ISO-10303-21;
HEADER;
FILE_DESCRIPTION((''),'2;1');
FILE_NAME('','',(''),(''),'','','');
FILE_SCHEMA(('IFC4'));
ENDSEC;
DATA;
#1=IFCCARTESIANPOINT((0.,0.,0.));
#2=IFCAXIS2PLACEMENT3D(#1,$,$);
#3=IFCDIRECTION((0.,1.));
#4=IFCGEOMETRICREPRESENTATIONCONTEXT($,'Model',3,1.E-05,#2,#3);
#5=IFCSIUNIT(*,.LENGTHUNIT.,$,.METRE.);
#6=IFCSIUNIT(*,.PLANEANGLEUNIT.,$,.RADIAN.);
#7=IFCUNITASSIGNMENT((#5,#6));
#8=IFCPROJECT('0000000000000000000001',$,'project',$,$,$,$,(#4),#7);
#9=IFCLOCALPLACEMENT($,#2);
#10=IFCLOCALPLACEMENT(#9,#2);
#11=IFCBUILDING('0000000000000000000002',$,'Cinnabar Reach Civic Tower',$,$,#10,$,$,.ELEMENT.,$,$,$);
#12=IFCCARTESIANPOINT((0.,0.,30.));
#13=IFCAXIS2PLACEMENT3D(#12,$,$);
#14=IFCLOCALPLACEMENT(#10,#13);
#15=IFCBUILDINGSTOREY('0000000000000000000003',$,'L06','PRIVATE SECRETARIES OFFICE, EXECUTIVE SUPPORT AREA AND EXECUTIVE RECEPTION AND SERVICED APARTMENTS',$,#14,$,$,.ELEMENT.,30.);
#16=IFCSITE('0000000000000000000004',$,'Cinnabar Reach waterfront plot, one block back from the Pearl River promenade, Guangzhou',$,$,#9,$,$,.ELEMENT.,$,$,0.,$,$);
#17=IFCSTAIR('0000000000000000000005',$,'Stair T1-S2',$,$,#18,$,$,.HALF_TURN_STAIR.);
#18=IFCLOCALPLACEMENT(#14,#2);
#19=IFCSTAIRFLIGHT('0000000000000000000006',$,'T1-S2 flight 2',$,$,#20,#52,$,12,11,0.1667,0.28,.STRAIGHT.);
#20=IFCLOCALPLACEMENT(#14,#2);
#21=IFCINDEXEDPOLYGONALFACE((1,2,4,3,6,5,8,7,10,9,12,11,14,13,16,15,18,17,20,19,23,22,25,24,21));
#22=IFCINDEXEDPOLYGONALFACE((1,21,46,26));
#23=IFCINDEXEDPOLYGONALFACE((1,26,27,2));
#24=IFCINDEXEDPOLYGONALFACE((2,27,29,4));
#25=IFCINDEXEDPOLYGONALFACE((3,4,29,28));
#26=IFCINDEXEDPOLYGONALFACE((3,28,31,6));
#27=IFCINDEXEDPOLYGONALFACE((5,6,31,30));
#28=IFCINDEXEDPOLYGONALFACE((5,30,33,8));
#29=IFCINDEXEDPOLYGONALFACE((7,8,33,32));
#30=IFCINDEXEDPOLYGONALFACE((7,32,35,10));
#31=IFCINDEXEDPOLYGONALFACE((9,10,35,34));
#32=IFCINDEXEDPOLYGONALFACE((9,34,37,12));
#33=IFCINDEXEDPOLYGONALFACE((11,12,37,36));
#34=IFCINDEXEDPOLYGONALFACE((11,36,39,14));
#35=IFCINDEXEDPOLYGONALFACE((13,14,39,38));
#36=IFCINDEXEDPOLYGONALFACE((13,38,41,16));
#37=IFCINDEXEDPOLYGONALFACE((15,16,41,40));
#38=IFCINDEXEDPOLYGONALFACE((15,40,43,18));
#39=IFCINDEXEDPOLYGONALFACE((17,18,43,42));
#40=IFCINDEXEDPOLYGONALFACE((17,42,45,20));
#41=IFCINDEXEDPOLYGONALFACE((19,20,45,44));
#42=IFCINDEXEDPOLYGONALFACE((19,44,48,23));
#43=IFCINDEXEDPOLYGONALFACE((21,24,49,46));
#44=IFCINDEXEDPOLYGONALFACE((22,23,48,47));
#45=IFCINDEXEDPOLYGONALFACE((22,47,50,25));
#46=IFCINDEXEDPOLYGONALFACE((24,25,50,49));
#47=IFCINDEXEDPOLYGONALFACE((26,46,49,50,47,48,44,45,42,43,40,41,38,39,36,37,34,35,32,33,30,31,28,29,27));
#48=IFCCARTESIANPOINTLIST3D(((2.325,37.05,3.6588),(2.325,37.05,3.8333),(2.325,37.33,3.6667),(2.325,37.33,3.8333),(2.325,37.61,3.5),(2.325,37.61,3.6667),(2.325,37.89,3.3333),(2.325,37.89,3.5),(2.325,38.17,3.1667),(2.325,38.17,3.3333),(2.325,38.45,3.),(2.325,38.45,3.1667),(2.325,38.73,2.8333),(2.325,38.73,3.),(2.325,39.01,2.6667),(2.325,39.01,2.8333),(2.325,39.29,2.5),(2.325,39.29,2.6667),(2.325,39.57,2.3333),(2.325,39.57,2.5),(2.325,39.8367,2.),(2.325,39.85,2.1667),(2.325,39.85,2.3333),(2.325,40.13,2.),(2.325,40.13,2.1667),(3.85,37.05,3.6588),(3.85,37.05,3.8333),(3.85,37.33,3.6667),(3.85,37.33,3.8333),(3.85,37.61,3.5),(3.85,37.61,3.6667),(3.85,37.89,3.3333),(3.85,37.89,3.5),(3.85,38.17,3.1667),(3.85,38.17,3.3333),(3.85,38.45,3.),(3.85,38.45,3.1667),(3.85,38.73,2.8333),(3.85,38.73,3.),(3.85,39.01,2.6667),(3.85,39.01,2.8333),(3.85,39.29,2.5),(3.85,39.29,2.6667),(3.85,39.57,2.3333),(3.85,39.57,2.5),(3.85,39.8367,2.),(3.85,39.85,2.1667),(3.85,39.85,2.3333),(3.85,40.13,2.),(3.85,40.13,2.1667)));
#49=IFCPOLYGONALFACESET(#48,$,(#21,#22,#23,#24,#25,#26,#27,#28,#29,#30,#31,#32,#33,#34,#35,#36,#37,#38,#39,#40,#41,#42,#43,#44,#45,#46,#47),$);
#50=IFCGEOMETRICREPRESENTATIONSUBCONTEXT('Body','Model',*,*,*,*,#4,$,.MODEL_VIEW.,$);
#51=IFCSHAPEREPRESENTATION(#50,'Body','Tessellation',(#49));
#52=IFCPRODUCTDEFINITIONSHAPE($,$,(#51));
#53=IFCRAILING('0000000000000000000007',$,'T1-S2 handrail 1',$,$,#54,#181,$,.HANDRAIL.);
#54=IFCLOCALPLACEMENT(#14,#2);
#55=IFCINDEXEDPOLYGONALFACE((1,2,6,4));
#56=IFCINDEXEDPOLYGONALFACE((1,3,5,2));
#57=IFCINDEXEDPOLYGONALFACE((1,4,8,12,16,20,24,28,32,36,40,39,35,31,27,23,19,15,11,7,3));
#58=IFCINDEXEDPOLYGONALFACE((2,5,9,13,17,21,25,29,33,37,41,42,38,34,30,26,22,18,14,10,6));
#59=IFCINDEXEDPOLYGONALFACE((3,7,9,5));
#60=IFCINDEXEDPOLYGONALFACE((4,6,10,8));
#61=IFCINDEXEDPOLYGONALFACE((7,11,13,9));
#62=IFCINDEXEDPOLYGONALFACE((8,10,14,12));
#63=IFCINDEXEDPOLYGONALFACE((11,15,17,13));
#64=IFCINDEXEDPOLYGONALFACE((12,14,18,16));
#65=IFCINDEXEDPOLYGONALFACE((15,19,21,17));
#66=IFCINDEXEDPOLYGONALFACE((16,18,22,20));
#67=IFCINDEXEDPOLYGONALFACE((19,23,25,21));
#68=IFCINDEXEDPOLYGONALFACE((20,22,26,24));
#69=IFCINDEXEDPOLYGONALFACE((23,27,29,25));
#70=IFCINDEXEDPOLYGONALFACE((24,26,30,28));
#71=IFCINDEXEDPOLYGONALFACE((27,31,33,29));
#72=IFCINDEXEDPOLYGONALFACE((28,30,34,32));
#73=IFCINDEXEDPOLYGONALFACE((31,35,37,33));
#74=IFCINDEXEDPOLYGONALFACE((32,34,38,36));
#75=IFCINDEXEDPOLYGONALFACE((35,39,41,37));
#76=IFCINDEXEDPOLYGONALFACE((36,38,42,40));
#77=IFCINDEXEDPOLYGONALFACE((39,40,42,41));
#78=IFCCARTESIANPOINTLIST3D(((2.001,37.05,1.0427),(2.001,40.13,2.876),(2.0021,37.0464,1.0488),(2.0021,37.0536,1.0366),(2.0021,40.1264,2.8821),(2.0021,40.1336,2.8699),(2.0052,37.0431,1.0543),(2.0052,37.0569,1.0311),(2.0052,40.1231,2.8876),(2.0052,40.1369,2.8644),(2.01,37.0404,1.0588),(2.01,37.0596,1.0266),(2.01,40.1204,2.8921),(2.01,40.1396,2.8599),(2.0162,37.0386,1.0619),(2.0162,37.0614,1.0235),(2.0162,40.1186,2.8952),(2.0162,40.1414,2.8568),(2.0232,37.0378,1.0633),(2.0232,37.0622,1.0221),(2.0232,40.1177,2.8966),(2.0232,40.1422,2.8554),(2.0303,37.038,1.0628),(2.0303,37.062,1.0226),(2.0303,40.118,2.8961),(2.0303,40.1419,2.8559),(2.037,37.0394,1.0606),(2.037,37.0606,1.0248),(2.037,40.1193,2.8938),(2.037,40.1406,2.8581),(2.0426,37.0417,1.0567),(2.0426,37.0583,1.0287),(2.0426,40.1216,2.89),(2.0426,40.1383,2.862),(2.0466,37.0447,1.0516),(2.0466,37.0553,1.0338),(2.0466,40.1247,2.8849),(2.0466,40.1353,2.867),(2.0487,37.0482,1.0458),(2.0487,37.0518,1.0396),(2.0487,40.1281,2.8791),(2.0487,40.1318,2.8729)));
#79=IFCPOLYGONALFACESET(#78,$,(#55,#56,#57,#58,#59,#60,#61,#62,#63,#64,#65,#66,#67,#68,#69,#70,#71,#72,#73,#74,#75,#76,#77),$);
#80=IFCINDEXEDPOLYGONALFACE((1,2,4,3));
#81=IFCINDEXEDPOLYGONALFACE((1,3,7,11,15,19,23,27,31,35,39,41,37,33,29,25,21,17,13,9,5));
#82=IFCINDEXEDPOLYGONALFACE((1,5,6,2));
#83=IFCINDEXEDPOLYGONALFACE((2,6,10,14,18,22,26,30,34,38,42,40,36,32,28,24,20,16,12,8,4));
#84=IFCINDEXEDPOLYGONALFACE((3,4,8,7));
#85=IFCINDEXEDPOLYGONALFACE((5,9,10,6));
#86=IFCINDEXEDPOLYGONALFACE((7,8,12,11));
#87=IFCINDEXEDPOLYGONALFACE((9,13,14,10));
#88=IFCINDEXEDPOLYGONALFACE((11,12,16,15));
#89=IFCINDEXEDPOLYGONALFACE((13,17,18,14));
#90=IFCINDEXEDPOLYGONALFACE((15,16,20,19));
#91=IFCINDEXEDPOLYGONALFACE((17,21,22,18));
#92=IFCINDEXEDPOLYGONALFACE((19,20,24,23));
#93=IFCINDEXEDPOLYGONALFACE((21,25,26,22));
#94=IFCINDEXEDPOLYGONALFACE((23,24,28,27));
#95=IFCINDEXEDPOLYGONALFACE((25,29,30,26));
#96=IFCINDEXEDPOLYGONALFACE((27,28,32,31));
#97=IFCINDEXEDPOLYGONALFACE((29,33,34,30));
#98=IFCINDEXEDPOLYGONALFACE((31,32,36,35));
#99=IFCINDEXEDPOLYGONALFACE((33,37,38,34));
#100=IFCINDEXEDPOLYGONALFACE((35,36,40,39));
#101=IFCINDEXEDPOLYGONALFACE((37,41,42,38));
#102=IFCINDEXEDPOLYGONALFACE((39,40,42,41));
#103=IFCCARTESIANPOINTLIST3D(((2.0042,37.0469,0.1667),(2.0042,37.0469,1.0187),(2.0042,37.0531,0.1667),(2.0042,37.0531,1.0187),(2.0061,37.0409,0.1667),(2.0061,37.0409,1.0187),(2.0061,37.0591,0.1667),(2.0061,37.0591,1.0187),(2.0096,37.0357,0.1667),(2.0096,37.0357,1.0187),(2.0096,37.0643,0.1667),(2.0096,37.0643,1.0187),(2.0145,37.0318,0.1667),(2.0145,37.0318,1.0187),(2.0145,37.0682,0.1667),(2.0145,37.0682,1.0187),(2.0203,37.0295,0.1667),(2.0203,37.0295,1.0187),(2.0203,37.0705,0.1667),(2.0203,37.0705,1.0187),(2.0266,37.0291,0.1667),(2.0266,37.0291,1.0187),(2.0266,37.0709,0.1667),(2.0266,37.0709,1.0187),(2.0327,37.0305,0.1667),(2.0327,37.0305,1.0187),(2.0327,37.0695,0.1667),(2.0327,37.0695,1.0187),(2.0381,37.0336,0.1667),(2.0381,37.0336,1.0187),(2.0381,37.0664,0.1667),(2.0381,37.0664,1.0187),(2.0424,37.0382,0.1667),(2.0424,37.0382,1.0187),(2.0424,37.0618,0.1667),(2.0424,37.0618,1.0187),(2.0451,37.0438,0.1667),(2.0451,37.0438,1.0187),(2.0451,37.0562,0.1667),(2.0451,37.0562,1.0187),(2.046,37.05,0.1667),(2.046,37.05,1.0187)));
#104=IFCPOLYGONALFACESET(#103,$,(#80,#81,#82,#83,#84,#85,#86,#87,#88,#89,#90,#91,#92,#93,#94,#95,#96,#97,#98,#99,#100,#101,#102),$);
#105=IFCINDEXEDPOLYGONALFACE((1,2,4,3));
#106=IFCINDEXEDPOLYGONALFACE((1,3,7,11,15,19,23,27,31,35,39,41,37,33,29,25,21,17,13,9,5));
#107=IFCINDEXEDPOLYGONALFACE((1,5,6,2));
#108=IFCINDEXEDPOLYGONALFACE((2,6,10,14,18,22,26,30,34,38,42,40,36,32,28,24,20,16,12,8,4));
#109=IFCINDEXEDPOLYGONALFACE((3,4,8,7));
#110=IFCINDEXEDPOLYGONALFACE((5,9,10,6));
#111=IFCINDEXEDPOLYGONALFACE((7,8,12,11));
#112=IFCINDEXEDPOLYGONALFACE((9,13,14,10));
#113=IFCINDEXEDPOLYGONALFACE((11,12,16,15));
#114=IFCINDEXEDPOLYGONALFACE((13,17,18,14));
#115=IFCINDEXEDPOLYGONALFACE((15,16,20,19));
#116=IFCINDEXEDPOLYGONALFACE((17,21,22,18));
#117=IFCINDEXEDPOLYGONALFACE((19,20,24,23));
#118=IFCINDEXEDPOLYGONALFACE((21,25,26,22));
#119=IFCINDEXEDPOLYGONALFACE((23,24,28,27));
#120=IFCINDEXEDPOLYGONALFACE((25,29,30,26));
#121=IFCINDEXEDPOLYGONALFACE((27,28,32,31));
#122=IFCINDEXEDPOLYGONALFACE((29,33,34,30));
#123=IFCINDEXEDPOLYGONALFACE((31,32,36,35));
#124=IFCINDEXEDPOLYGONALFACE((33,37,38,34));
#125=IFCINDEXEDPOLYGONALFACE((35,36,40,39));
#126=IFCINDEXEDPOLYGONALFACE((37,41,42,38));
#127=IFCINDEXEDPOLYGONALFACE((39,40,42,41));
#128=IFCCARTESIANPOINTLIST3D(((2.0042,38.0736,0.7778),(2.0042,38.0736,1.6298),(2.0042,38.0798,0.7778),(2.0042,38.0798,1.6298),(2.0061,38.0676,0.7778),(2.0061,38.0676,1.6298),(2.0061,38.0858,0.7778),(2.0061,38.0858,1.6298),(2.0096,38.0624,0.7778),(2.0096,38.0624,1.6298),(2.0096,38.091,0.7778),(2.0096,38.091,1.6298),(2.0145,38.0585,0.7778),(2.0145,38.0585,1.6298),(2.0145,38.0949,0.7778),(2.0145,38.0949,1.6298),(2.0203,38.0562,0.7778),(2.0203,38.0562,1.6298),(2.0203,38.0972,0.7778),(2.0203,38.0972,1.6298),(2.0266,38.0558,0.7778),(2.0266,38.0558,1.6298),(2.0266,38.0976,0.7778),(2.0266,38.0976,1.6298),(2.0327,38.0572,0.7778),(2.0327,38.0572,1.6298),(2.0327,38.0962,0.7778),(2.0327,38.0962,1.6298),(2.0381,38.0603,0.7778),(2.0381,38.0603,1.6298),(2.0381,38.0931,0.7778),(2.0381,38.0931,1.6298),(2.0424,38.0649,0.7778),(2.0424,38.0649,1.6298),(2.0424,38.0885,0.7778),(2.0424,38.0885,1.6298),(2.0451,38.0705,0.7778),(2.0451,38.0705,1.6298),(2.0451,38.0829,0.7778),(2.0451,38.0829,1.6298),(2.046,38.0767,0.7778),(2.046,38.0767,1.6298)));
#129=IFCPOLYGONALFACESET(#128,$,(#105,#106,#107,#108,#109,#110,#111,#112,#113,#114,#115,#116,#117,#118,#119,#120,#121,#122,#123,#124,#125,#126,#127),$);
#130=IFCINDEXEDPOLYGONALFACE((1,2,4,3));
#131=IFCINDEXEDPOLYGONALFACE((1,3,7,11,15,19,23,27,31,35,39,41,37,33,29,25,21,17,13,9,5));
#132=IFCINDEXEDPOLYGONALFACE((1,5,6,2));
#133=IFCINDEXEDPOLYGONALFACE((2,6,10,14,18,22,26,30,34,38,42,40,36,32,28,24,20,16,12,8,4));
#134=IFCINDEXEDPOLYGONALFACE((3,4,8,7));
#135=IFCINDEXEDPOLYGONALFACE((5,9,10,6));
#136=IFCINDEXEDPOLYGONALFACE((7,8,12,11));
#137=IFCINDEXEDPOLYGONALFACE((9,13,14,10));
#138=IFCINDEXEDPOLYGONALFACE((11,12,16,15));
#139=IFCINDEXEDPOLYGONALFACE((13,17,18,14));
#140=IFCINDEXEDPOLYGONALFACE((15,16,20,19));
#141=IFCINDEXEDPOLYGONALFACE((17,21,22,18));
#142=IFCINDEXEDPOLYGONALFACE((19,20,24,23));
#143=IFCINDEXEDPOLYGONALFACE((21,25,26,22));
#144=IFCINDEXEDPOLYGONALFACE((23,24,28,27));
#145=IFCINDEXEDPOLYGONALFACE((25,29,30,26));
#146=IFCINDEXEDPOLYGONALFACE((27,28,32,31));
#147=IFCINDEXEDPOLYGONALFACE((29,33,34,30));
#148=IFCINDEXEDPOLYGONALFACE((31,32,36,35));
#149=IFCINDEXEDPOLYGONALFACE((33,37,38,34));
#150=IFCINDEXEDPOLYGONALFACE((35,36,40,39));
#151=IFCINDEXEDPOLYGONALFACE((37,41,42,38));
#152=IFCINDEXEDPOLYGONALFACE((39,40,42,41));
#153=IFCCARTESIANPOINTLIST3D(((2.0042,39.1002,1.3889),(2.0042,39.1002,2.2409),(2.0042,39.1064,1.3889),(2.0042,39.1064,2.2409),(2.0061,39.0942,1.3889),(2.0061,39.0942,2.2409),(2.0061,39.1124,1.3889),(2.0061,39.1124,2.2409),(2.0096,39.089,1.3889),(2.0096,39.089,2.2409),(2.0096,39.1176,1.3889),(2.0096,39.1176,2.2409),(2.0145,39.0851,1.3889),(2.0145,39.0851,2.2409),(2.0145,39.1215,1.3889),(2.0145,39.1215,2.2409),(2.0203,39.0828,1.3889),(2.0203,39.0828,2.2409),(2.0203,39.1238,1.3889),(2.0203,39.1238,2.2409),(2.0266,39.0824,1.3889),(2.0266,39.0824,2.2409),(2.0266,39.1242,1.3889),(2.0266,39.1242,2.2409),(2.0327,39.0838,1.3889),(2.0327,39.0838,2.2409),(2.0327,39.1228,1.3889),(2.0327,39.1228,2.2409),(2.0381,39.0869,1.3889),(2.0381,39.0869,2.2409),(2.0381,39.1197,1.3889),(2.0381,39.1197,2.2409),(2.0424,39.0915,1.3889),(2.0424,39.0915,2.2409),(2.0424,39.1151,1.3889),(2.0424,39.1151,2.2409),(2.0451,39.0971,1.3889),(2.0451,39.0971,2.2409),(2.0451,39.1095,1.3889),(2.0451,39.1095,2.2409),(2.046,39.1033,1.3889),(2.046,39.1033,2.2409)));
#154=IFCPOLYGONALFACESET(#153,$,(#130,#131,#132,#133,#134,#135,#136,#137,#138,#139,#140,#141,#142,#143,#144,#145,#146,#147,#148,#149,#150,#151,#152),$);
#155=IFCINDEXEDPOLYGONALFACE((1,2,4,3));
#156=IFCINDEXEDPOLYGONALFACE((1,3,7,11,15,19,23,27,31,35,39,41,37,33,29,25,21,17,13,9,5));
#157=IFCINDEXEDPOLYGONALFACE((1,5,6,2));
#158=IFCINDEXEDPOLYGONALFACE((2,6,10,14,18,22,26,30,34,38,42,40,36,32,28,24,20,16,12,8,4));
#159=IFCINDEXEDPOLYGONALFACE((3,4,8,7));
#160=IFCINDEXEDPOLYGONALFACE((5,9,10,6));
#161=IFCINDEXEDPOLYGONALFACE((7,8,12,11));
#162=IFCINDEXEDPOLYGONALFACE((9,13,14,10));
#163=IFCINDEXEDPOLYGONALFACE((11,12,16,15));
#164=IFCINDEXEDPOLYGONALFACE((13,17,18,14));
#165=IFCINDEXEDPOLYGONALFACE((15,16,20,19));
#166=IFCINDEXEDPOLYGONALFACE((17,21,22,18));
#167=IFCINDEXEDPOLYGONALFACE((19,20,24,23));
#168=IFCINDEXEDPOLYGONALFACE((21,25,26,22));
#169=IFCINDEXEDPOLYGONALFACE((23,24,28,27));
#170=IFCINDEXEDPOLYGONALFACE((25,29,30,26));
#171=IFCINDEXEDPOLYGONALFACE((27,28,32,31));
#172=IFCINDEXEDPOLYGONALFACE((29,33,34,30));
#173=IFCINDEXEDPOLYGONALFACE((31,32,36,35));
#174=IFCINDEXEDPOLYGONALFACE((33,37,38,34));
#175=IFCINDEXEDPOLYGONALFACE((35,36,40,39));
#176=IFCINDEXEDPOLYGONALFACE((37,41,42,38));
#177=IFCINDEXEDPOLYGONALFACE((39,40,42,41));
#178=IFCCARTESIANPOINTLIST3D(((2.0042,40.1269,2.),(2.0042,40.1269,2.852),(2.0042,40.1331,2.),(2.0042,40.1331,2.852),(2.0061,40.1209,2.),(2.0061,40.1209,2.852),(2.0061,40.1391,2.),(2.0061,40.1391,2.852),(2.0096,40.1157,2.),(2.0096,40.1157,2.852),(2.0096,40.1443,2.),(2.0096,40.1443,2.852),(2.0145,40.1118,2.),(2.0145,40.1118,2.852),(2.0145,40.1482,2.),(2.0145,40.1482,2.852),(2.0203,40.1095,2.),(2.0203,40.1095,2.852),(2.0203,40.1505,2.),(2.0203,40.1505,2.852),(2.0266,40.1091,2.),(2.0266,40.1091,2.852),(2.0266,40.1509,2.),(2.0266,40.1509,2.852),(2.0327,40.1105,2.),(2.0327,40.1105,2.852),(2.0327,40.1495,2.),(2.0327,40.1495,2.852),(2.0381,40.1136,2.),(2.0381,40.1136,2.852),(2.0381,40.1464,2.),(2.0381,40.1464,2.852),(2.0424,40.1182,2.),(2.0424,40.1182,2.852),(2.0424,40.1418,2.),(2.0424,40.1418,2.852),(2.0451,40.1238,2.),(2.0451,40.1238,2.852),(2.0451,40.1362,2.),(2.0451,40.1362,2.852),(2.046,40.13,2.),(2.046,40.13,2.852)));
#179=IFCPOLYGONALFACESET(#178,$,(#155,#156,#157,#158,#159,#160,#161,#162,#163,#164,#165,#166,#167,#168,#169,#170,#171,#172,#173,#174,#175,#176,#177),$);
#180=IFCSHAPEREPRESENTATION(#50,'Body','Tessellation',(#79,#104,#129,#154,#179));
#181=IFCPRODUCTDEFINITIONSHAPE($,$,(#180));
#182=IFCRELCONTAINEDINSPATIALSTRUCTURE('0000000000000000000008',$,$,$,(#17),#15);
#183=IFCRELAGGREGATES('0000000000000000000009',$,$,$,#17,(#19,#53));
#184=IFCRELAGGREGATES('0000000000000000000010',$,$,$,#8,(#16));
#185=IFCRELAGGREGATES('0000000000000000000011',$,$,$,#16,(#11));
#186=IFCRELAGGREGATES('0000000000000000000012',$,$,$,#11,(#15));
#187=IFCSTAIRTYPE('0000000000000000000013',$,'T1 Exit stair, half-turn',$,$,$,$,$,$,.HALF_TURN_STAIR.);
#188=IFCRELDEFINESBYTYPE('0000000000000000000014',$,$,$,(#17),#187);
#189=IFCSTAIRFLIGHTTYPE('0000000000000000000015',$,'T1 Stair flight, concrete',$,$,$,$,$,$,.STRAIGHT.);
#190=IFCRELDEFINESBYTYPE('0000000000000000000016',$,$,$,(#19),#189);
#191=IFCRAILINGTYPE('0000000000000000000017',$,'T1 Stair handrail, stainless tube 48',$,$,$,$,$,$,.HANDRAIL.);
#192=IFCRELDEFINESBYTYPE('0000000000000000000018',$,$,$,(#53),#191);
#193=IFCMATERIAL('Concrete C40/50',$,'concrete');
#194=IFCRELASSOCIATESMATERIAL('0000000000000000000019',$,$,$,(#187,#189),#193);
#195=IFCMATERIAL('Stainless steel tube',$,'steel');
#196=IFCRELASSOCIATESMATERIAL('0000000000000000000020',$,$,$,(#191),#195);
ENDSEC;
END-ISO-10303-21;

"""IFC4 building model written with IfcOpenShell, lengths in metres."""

from ifc_helpers import new_model, si_unit, direction, frame, origin, origin_2d, place, context, subcontext, project, spatial, polyline, circle, outline, extrude, material, type_object, element, aggregate, save


model = new_model("IFC4")

# Units and contexts
model_context = context("Model", 3, precision=1e-05, world=origin(), true_north=direction((0.0, 1.0)))
body_context = subcontext(model_context, "Body", "Model", "MODEL_VIEW")
ifc_project = project(units=[si_unit("LENGTHUNIT", "METRE"), si_unit("PLANEANGLEUNIT", "RADIAN")], contexts=[model_context])

# Site, building, storey
site_placement = place(None, origin())
site = spatial("IfcSite", under=ifc_project, at=site_placement, Name="Cinnabar Reach waterfront plot, one block back from the Pearl River promenade, Guangzhou", CompositionType="ELEMENT", RefElevation=0.0)
building_placement = place(site_placement, origin())
building = spatial("IfcBuilding", under=site, at=building_placement, Name="Cinnabar Reach Civic Tower", CompositionType="ELEMENT")
storey_placement = place(building_placement, frame((0.0, 0.0, 30.0)))
storey = spatial("IfcBuildingStorey", under=building, at=storey_placement, Name="L06", Description="PRIVATE SECRETARIES OFFICE, EXECUTIVE SUPPORT AREA AND EXECUTIVE RECEPTION AND SERVICED APARTMENTS", CompositionType="ELEMENT", Elevation=30.0)

# Shared definitions
ifc_material_1 = material(Name="Concrete C40/50", Category="concrete")

# Stair, stair flight, railing
stair_type = type_object("IfcStairType", Name="T1 Exit stair, half-turn", PredefinedType="HALF_TURN_STAIR", material=ifc_material_1)
stair_placement = place(storey_placement, origin())
stair = element("IfcStair", 1, at=stair_placement, inside=storey, type_object=stair_type, Name="Stair T1-S2", PredefinedType="HALF_TURN_STAIR")
stair_flight_type = type_object("IfcStairFlightType", Name="T1 Stair flight, concrete", PredefinedType="STRAIGHT", material=ifc_material_1)
stair_flight_1_placement = place(storey_placement, frame((3.0875, 40.13, 2.0), z_axis=(0.0, 0.0, 1.0), x_axis=(0.0, -1.0, 0.0)))
stair_flight_1 = element("IfcStairFlight", 2, at=stair_flight_1_placement, type_object=stair_flight_type, Name="T1-S2 flight 2", NumberOfRisers=12, NumberOfTreads=11, PredefinedType="STRAIGHT", RiserHeight=0.1667, TreadLength=0.28, context=body_context, shape_type="SweptSolid", body=[
    extrude(outline(polyline([(0.0, 0.0), (0.0, 0.1667), (0.28, 0.1667), (0.28, 0.3333), (0.56, 0.3333), (0.56, 0.5), (0.84, 0.5), (0.84, 0.6667), (1.12, 0.6667), (1.12, 0.8333), (1.4, 0.8333), (1.4, 1.0), (1.68, 1.0), (1.68, 1.1667), (1.96, 1.1667), (1.96, 1.3333), (2.24, 1.3333), (2.24, 1.5), (2.52, 1.5), (2.52, 1.6667), (2.8, 1.6667), (2.8, 1.8333), (3.08, 1.8333), (3.08, 2.0), (3.08, 1.6588), (0.2933, 0.0), (0.0, 0.0)])), frame((0.0, 0.7625, 0.0), z_axis=(0.0, -1.0, 0.0), x_axis=(1.0, 0.0, 0.0)), (0.0, 0.0, 1.0), 1.525),
])
ifc_material_2 = material(Name="Stainless steel tube", Category="steel")
railing_type = type_object("IfcRailingType", Name="T1 Stair handrail, stainless tube 48", PredefinedType="HANDRAIL", material=ifc_material_2)
railing_1_placement = place(storey_placement, frame((2.025, 37.05, 0.1667)))
railing_1 = element("IfcRailing", 3, at=railing_1_placement, type_object=railing_type, Name="T1-S2 handrail 1", PredefinedType="HANDRAIL", context=body_context, shape_type="SweptSolid", body=[
    extrude(circle(Radius=0.024, at=origin_2d()), frame((0.0, 0.0, 0.876), z_axis=(0.0, 0.859297, 0.511477), x_axis=(-1.0, 0.0, 0.0)), (0.0, 0.0, 1.0), 3.5843),
    extrude(circle(Radius=0.021, at=origin_2d()), origin(), (0.0, 0.0, 1.0), 0.852),
    extrude(circle(Radius=0.021, at=origin_2d()), frame((0.0, 1.0267, 0.6111)), (0.0, 0.0, 1.0), 0.852),
    extrude(circle(Radius=0.021, at=origin_2d()), frame((0.0, 2.0533, 1.2222)), (0.0, 0.0, 1.0), 0.852),
    extrude(circle(Radius=0.021, at=origin_2d()), frame((0.0, 3.08, 1.8333)), (0.0, 0.0, 1.0), 0.852),
])
aggregate(stair, [stair_flight_1, railing_1])

save(model, "model.ifc")
